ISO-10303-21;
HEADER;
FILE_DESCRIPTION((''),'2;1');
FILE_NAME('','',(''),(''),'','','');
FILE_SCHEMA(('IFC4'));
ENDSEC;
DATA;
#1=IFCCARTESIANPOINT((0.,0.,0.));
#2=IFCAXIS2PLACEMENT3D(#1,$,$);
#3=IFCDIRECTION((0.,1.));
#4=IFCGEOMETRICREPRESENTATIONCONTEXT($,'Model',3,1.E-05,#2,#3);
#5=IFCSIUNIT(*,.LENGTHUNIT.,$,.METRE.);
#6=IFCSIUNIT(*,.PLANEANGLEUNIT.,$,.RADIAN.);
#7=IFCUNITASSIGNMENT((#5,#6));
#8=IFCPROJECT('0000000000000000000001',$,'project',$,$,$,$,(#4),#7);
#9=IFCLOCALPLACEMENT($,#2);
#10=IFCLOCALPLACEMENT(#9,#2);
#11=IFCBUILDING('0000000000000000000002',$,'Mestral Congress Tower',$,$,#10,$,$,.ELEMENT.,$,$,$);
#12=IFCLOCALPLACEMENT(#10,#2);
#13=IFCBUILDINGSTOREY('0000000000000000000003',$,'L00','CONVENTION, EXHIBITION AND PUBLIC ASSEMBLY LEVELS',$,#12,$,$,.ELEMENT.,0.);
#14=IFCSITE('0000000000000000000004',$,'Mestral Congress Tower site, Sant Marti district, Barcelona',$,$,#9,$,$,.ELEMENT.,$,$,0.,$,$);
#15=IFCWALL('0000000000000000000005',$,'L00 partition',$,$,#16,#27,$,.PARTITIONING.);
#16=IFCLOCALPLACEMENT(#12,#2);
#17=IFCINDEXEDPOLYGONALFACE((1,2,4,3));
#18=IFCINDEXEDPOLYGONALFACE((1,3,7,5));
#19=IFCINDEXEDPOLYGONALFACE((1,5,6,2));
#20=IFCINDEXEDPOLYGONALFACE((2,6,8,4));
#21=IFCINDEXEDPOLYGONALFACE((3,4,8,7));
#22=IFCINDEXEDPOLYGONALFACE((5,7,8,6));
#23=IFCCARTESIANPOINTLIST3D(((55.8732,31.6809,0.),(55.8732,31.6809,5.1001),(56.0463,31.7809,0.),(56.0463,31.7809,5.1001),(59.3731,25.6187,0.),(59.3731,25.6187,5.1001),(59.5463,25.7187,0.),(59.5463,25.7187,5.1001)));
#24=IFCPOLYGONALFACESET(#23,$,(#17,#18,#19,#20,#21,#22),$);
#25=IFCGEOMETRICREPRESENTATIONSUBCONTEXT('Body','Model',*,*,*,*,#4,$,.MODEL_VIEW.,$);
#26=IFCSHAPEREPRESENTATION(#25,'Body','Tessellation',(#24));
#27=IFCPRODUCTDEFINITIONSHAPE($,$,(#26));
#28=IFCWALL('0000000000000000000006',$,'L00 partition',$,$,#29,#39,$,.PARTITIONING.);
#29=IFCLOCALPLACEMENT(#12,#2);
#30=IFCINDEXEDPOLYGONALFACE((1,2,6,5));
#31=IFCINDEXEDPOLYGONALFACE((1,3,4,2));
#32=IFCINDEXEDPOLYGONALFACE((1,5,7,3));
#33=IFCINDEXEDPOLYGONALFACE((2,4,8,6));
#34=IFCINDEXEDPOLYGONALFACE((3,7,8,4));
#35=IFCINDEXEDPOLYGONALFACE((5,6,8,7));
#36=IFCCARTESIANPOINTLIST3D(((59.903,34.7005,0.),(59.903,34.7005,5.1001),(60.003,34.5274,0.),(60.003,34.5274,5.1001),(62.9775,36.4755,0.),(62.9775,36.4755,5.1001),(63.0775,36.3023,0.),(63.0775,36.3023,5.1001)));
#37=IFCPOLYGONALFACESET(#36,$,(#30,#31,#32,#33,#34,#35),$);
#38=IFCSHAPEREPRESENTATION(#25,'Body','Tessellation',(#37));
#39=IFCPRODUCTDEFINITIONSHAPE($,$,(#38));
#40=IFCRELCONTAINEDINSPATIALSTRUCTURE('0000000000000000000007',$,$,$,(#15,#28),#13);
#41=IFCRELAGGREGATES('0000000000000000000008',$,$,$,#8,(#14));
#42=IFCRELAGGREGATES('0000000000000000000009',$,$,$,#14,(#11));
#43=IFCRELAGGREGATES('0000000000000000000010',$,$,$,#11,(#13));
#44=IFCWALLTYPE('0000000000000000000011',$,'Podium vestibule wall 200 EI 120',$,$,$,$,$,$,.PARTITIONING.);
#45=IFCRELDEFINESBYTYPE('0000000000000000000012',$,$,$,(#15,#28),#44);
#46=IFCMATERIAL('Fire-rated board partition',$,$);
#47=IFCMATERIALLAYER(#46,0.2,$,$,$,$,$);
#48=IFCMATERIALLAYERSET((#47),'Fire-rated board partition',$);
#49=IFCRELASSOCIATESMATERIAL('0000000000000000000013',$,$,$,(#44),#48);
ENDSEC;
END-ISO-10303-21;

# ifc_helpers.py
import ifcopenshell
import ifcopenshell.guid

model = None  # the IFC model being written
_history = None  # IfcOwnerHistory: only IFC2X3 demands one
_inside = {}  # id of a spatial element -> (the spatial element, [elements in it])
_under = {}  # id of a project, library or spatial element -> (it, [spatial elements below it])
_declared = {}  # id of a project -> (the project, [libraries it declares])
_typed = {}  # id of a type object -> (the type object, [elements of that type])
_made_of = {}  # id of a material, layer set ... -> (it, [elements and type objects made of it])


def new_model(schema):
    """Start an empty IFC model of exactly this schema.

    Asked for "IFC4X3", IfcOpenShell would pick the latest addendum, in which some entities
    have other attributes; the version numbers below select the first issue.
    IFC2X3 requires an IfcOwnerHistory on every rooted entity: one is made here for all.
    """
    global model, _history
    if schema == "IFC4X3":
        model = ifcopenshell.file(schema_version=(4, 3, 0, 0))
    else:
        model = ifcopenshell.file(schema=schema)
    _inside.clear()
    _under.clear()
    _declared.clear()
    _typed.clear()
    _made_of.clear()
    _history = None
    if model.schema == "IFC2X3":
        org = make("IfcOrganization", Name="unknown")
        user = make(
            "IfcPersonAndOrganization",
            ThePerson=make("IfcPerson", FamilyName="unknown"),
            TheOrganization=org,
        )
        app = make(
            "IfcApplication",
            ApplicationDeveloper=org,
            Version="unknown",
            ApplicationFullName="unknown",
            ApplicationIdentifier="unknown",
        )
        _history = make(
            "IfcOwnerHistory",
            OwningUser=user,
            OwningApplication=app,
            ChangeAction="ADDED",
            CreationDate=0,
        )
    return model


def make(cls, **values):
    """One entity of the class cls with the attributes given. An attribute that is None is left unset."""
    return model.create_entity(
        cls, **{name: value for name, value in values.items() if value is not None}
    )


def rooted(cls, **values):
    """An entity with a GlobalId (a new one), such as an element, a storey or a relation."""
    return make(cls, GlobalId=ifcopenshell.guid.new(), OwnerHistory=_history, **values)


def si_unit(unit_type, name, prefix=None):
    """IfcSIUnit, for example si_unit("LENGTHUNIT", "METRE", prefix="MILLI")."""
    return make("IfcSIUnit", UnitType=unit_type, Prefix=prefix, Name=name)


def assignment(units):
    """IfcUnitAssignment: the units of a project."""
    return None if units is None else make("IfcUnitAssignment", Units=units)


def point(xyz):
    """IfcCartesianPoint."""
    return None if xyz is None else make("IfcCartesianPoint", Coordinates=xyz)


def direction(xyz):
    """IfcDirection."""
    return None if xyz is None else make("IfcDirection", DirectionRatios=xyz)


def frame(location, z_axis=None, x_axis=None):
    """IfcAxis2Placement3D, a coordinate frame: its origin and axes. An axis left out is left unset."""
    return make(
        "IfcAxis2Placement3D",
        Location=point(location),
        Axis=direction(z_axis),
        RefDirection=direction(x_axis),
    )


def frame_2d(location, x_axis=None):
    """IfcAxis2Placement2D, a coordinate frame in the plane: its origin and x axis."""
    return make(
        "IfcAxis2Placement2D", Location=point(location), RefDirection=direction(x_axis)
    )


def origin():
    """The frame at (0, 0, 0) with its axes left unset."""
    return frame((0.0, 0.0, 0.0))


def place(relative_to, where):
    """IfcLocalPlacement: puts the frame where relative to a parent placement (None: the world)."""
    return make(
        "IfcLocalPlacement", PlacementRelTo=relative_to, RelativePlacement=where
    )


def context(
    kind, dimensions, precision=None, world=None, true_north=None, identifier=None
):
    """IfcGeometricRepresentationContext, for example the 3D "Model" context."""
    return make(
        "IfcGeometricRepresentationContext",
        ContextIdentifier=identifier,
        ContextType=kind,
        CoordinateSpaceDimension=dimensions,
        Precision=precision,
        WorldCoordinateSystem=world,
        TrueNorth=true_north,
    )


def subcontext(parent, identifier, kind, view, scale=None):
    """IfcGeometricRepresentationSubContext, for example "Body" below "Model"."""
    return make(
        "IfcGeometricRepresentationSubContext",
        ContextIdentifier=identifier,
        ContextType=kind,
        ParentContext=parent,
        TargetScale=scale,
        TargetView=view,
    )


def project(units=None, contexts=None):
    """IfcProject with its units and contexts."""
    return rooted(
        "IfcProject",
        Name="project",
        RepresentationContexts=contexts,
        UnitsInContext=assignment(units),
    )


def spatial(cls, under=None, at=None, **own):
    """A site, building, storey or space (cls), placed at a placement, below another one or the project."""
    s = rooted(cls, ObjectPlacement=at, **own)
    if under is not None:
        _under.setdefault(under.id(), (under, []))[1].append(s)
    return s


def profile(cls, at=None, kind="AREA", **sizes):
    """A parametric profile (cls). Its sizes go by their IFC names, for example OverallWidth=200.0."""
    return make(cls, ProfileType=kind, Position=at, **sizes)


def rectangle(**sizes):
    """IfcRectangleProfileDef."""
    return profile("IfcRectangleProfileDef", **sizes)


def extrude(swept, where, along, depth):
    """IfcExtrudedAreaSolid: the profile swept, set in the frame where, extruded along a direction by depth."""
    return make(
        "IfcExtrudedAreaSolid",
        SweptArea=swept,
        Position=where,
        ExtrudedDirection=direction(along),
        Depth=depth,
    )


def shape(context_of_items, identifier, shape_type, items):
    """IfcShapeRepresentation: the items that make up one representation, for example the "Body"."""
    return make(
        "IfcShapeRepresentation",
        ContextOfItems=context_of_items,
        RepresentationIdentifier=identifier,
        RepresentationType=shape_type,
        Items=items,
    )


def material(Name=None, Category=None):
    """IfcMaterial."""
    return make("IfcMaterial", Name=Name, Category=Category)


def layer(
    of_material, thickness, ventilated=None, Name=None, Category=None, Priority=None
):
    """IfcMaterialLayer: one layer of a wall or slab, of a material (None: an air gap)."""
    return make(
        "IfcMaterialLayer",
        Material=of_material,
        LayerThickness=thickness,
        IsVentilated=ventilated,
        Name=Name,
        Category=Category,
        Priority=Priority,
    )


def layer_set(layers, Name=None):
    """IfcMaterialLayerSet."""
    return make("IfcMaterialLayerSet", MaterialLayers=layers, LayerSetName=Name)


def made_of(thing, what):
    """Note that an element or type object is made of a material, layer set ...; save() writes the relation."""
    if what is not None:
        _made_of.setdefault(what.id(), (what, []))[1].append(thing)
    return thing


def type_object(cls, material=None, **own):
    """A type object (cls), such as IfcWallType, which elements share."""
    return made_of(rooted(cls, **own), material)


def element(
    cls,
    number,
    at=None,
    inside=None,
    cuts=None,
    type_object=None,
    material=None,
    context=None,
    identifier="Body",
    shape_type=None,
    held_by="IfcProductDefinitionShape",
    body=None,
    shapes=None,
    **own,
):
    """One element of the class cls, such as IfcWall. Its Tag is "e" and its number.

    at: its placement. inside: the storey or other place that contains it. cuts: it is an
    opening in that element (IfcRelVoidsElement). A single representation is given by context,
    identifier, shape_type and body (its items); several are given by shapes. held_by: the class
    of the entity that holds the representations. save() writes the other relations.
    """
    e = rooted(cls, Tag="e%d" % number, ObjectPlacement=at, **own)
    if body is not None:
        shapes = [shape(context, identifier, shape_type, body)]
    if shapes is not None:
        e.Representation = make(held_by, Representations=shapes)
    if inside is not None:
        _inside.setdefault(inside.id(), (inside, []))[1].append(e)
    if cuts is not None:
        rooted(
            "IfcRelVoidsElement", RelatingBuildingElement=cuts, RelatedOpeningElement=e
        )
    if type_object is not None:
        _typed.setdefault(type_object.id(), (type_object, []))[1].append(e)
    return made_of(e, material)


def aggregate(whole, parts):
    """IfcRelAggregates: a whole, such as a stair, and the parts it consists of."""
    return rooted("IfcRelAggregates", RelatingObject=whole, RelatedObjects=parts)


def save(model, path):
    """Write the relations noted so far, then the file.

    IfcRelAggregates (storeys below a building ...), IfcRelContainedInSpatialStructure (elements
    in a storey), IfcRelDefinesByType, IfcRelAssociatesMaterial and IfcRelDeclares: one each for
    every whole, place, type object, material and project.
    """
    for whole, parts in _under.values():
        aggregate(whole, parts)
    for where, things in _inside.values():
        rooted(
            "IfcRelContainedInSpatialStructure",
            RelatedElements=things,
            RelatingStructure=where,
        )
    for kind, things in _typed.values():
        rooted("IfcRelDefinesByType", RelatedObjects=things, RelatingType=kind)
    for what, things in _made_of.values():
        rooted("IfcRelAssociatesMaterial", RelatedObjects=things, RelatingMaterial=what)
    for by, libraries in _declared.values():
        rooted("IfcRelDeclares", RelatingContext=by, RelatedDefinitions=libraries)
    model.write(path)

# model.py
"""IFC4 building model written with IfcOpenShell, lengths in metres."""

from ifc_helpers import new_model, si_unit, direction, frame, frame_2d, origin, place, context, subcontext, project, spatial, rectangle, extrude, material, layer, layer_set, type_object, element, save


model = new_model("IFC4")

# Units and contexts
model_context = context("Model", 3, precision=1e-05, world=origin(), true_north=direction((0.0, 1.0)))
body_context = subcontext(model_context, "Body", "Model", "MODEL_VIEW")
ifc_project = project(units=[si_unit("LENGTHUNIT", "METRE"), si_unit("PLANEANGLEUNIT", "RADIAN")], contexts=[model_context])

# Site, building, storey
site_placement = place(None, origin())
site = spatial("IfcSite", under=ifc_project, at=site_placement, Name="Mestral Congress Tower site, Sant Marti district, Barcelona", CompositionType="ELEMENT", RefElevation=0.0)
building_placement = place(site_placement, origin())
building = spatial("IfcBuilding", under=site, at=building_placement, Name="Mestral Congress Tower", CompositionType="ELEMENT")
storey_placement = place(building_placement, origin())
storey = spatial("IfcBuildingStorey", under=building, at=storey_placement, Name="L00", Description="CONVENTION, EXHIBITION AND PUBLIC ASSEMBLY LEVELS", CompositionType="ELEMENT", Elevation=0.0)

# Walls
ifc_material_1 = material(Name="Fire-rated board partition")
ifc_layer_1 = layer(ifc_material_1, 0.2)
ifc_layer_set_1 = layer_set([ifc_layer_1], Name="Fire-rated board partition")
wall_type_1 = type_object("IfcWallType", Name="Podium vestibule wall 200 EI 120", PredefinedType="PARTITIONING", material=ifc_layer_set_1)
wall_1_placement = place(storey_placement, frame((59.4597, 25.6687, 0.0), z_axis=(0.0, 0.0, 1.0), x_axis=(-0.499995, 0.866028, 0.0)))
element("IfcWall", 1, at=wall_1_placement, inside=storey, type_object=wall_type_1, Name="L00 partition", PredefinedType="PARTITIONING", context=body_context, shape_type="SweptSolid", body=[
    extrude(rectangle(XDim=7.0, YDim=0.2, at=frame_2d((3.5, 0.0))), origin(), (0.0, 0.0, 1.0), 5.1001),
])
wall_2_placement = place(storey_placement, frame((59.9531, 34.614, 0.0), z_axis=(0.0, 0.0, 1.0), x_axis=(0.866042, 0.49997, 0.0)))
element("IfcWall", 2, at=wall_2_placement, inside=storey, type_object=wall_type_1, Name="L00 partition", PredefinedType="PARTITIONING", context=body_context, shape_type="SweptSolid", body=[
    extrude(rectangle(XDim=3.55, YDim=0.2, at=frame_2d((1.7749, 0.0))), origin(), (0.0, 0.0, 1.0), 5.1001),
])

save(model, "model.ifc")
